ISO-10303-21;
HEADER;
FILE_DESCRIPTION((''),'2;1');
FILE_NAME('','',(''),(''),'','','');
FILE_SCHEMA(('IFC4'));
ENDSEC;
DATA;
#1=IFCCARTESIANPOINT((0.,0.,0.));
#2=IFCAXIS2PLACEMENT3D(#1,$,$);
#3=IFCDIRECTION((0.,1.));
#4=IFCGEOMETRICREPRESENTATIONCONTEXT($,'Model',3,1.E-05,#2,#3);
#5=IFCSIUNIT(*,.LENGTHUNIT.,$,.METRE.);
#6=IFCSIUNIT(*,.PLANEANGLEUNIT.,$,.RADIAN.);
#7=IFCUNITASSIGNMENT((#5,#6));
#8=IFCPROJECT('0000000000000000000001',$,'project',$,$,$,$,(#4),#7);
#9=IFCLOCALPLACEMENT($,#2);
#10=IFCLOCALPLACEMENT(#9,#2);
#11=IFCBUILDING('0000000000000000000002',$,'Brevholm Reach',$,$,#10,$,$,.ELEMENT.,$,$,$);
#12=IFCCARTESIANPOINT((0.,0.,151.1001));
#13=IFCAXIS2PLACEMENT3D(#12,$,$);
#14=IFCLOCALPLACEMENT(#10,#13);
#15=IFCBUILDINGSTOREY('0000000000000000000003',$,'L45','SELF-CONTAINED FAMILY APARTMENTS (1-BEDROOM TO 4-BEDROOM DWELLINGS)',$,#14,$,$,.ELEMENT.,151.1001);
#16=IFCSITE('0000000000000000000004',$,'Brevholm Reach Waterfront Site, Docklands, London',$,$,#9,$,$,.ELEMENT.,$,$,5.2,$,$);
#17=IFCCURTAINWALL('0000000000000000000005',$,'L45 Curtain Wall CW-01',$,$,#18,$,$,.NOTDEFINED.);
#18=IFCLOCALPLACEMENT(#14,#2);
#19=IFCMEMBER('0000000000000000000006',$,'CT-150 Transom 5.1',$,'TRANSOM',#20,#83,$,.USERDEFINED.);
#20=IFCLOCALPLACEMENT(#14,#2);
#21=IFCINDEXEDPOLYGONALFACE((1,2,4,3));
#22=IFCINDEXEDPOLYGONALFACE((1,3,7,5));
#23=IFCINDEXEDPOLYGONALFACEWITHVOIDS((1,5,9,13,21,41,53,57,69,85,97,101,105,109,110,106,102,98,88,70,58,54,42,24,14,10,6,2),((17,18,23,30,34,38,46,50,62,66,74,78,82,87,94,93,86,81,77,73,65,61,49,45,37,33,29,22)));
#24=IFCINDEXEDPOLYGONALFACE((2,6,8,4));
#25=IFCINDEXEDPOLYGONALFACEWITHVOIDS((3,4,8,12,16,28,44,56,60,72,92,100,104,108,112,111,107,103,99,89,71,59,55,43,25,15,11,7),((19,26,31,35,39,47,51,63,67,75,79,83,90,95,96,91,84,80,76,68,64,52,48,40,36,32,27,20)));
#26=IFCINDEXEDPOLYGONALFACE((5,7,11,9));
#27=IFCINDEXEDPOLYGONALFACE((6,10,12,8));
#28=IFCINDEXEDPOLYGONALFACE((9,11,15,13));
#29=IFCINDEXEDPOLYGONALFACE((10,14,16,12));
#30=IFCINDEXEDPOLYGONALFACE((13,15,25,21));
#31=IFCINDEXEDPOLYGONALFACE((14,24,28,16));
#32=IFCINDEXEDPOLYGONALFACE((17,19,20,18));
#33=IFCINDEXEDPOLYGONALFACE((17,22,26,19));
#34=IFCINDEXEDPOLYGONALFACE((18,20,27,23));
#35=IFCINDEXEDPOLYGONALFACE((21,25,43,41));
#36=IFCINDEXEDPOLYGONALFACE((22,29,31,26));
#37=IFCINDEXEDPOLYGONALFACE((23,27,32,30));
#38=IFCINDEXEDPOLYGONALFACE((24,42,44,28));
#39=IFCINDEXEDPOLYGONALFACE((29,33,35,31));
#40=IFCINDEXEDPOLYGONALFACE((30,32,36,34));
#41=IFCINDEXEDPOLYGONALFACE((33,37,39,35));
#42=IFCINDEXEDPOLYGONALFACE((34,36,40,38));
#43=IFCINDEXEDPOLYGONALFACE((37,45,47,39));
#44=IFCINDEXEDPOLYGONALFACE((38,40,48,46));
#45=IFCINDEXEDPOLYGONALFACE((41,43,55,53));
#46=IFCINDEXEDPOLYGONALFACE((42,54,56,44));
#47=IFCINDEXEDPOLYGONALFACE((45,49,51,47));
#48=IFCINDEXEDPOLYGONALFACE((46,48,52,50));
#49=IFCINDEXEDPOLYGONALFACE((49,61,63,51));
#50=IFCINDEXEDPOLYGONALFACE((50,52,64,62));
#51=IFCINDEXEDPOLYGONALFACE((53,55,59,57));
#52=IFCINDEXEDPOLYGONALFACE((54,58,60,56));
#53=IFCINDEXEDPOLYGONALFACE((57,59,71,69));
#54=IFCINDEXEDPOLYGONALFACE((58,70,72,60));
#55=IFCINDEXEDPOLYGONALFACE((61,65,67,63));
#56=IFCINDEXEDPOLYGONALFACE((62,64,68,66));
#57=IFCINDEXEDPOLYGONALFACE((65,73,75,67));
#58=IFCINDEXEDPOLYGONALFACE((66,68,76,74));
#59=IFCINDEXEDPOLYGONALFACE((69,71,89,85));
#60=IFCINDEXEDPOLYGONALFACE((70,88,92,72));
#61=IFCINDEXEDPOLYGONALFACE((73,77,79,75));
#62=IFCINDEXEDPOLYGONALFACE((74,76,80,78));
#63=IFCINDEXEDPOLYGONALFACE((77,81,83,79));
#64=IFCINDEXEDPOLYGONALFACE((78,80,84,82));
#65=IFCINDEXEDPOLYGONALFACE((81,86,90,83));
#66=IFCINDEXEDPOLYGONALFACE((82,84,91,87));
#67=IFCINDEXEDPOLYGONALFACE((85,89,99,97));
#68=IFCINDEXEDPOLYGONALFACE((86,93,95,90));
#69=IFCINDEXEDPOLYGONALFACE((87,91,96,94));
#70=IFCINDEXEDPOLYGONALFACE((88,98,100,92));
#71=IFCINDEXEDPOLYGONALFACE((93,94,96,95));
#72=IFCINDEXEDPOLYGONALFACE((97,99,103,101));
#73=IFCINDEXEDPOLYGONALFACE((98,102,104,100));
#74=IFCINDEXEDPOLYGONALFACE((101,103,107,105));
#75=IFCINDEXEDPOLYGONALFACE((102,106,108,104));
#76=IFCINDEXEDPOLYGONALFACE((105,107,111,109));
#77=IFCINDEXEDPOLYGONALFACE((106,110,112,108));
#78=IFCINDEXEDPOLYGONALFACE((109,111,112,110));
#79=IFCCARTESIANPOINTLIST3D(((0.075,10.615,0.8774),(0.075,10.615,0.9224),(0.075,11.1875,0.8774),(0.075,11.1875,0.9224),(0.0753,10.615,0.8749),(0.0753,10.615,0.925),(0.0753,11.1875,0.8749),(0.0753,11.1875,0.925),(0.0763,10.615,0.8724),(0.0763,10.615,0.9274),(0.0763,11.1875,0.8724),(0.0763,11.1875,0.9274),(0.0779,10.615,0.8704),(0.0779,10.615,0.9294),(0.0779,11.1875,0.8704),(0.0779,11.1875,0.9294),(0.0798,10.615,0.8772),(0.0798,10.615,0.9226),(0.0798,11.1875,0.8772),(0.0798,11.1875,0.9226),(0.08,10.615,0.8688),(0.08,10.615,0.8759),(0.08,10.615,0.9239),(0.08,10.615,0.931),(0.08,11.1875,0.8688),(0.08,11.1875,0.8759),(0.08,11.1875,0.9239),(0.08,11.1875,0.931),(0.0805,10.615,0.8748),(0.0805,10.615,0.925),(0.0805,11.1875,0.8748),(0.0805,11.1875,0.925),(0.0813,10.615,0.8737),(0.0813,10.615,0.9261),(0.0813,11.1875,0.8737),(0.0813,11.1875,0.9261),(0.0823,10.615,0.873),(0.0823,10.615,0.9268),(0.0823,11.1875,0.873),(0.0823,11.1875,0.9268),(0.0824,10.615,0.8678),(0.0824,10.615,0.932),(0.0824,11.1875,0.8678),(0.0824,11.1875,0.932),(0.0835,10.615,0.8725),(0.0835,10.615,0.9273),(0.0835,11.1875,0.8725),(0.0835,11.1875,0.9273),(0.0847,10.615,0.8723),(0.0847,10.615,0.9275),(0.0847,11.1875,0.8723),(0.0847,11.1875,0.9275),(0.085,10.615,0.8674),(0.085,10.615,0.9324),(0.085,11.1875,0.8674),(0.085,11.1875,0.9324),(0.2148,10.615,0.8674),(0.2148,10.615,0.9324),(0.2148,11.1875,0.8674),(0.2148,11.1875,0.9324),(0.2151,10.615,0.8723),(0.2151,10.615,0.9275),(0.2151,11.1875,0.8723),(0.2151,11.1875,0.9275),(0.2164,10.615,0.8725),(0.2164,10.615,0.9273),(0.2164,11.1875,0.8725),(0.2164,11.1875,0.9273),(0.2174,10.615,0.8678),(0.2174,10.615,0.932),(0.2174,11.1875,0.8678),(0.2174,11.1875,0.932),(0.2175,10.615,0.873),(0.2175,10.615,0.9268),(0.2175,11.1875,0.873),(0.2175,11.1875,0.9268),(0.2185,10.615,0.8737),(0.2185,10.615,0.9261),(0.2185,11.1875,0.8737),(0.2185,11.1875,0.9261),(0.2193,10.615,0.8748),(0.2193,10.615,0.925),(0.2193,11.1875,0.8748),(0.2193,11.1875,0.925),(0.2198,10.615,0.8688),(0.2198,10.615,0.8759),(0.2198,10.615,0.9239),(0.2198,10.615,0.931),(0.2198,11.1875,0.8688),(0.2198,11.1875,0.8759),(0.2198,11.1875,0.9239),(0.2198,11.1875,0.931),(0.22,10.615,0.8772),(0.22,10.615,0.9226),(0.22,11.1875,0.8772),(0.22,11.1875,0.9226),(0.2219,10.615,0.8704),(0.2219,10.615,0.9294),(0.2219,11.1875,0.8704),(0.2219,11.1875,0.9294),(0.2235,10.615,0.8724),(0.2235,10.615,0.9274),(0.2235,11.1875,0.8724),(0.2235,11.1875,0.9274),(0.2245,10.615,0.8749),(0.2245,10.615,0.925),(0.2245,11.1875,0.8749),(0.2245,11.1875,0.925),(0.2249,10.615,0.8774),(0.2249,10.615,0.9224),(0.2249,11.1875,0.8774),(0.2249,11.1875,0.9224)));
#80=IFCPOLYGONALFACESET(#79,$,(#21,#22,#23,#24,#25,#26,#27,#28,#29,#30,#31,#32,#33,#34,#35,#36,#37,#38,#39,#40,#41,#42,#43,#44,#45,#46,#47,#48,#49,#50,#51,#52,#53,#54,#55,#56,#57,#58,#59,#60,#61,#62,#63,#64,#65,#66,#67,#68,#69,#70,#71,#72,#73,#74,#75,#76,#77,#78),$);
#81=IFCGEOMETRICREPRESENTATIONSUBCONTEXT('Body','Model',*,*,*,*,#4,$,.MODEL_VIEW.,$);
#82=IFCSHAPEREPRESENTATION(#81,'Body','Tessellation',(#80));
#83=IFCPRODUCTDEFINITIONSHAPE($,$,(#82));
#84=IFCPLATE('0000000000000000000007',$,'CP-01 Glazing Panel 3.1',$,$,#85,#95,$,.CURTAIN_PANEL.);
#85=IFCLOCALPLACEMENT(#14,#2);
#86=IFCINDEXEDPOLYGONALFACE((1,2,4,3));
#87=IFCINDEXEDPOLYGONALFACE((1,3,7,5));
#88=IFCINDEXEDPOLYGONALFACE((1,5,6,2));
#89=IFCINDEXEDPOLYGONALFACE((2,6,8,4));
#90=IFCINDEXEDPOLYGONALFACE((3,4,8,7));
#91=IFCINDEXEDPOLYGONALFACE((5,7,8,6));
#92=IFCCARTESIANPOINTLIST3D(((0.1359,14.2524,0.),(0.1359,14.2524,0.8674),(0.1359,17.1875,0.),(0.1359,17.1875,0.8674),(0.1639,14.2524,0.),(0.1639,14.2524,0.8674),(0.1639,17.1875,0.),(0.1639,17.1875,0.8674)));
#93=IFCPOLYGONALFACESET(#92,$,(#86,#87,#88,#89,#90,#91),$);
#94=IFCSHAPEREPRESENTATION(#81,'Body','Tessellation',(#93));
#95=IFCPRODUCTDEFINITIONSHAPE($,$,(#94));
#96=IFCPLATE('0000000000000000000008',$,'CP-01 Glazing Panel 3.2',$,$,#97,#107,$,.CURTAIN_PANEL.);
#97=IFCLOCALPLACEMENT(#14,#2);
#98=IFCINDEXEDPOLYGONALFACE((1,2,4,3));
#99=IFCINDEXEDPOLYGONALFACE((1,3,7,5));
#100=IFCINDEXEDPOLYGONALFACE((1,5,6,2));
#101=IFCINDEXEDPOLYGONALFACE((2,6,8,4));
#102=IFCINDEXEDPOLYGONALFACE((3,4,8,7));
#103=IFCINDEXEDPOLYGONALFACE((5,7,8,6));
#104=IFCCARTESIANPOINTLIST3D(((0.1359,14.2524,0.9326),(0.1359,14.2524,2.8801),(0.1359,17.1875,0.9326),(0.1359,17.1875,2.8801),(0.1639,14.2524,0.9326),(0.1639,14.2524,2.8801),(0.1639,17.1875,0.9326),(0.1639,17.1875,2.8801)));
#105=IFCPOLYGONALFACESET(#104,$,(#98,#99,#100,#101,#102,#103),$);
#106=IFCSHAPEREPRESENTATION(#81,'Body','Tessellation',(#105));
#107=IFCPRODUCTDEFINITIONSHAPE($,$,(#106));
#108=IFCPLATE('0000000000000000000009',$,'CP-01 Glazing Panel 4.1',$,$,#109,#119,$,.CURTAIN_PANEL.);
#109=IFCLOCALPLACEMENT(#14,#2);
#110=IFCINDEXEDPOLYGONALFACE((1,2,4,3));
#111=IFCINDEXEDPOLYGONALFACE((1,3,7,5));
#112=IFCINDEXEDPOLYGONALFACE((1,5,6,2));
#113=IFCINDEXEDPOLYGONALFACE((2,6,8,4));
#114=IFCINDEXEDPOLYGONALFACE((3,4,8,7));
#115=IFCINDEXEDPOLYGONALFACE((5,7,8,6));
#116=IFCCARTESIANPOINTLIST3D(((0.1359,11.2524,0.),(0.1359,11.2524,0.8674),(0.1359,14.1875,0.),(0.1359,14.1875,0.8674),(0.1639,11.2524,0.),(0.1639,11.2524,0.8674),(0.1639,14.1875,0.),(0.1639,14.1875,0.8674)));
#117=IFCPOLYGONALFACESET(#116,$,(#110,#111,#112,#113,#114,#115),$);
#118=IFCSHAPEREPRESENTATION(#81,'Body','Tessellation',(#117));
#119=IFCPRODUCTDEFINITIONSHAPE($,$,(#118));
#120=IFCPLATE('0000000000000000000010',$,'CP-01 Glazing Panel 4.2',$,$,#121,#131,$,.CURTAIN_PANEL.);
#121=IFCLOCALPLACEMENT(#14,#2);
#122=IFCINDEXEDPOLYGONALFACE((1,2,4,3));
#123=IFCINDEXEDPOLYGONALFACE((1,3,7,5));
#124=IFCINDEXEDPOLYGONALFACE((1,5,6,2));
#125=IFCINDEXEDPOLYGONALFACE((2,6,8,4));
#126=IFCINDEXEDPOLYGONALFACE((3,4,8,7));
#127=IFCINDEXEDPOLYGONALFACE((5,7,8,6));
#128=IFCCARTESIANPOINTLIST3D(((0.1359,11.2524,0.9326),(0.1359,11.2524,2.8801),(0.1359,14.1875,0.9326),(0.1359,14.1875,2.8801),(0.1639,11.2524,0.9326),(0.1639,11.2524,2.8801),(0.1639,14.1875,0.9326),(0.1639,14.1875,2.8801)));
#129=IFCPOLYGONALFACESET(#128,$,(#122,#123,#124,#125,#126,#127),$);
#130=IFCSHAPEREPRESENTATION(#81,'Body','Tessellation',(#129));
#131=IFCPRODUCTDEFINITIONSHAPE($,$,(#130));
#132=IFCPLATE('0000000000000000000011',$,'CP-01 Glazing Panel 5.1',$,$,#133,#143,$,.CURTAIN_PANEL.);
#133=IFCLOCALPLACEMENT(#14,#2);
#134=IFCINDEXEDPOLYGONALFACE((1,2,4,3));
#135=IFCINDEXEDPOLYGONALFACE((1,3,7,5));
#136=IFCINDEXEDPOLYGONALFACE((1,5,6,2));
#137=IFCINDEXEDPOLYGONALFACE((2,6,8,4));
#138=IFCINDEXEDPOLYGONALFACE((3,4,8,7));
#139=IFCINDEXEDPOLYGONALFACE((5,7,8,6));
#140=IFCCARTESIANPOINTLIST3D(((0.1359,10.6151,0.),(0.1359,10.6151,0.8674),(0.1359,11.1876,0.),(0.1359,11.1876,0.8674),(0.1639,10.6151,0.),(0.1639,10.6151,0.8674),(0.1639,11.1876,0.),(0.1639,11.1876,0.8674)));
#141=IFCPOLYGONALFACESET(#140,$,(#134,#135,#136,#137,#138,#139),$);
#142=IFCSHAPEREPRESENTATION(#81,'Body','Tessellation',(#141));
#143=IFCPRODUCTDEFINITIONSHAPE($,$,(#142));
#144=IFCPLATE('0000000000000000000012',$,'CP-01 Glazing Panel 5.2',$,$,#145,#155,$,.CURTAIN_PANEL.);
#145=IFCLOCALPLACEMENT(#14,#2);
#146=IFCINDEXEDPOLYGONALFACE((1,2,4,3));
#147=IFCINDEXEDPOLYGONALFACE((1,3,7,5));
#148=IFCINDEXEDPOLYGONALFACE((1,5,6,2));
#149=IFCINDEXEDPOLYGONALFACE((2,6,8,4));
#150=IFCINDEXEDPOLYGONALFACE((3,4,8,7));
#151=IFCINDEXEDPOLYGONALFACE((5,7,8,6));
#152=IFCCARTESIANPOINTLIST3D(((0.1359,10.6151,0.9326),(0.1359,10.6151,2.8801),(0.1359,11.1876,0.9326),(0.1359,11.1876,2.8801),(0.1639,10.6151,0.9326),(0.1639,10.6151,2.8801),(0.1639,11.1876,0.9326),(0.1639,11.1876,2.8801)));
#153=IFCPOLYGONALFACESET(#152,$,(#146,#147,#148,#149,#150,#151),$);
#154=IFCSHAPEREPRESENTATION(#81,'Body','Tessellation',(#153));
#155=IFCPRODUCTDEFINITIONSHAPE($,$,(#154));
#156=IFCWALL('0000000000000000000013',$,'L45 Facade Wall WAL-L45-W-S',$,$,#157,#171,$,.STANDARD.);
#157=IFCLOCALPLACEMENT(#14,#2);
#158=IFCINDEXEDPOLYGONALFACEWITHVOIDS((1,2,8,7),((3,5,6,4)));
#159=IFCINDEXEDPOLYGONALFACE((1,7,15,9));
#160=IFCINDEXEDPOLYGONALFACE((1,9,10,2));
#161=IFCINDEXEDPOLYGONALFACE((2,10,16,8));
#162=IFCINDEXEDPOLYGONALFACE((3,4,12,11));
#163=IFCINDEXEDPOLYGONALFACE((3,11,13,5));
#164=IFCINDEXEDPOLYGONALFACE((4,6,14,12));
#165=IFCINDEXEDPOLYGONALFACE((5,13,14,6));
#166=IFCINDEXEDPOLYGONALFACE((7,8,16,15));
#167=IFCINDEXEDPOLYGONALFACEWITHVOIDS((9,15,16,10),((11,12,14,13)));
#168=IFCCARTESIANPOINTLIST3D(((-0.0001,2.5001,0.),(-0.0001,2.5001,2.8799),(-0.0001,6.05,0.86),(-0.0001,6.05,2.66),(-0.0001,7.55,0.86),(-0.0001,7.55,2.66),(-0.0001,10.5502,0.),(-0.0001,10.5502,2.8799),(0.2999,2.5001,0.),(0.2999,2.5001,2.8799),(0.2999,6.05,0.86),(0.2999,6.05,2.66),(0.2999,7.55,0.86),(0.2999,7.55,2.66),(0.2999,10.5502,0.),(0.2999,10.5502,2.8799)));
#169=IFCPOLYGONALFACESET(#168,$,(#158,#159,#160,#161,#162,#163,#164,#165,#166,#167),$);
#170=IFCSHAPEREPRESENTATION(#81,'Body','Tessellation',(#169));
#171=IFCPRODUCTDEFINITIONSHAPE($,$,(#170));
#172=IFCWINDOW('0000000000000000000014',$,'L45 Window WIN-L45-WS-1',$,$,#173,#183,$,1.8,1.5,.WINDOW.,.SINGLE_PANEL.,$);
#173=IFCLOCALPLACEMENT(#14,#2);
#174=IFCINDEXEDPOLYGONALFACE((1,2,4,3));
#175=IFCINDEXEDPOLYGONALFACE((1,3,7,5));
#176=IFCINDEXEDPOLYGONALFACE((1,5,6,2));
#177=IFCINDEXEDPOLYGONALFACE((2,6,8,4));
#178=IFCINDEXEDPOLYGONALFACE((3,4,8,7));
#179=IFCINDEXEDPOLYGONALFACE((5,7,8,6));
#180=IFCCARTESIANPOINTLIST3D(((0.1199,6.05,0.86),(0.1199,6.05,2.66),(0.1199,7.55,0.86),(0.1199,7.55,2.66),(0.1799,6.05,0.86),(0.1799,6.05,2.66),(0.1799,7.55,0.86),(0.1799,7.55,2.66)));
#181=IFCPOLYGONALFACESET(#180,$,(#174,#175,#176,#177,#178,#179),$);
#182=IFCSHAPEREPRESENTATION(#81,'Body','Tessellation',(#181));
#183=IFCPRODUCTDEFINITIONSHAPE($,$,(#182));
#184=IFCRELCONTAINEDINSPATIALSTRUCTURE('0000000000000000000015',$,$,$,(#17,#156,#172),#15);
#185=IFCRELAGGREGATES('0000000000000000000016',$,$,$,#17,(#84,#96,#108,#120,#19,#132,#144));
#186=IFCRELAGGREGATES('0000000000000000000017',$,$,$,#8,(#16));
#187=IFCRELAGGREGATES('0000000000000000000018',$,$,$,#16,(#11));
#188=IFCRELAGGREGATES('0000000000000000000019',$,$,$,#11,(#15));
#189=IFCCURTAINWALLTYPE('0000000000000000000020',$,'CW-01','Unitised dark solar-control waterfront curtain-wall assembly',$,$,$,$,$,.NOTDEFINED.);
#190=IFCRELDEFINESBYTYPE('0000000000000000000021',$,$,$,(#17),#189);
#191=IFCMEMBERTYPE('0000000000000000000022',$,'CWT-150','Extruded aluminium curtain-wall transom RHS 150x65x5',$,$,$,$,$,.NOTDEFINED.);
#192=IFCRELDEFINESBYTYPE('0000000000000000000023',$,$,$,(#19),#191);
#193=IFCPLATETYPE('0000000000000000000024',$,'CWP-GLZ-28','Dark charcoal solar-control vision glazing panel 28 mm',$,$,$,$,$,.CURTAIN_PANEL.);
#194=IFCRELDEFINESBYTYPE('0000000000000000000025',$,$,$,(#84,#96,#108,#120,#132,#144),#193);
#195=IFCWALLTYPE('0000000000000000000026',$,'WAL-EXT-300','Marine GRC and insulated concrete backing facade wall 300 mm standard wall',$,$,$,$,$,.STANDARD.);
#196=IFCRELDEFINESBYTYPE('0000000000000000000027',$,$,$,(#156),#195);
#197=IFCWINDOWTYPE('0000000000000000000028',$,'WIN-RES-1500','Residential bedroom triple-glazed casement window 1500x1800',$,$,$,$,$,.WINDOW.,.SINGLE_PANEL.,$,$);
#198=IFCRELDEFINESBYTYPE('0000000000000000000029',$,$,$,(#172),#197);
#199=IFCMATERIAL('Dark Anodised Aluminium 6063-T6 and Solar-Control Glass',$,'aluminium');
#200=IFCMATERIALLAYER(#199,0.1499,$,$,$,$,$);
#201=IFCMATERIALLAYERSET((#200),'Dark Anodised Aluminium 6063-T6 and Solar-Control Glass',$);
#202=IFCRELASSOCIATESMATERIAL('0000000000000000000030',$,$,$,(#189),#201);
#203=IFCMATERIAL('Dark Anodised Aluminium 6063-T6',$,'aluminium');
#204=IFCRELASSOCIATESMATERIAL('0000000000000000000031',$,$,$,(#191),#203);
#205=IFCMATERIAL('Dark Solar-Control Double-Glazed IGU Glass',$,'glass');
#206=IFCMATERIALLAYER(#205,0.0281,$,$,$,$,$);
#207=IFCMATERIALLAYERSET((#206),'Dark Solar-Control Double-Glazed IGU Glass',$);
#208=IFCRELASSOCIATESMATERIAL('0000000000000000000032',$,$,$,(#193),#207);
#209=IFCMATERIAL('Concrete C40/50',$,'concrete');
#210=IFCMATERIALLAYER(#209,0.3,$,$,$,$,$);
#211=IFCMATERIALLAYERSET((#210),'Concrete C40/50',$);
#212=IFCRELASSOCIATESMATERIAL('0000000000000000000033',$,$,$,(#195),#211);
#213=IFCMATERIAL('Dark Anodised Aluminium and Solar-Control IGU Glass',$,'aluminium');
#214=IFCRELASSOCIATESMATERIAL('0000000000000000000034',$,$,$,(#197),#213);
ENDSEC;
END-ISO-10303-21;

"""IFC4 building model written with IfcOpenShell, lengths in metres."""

from ifc_helpers import new_model, si_unit, direction, frame, frame_2d, origin, origin_2d, place, context, subcontext, project, spatial, rectangle, hollow_rectangle, extrude, material, layer, layer_set, material_profile, profile_set, type_object, element, fill, aggregate, save


model = new_model("IFC4")

# Units and contexts
model_context = context("Model", 3, precision=1e-05, world=origin(), true_north=direction((0.0, 1.0)))
body_context = subcontext(model_context, "Body", "Model", "MODEL_VIEW")
ifc_project = project(units=[si_unit("LENGTHUNIT", "METRE"), si_unit("PLANEANGLEUNIT", "RADIAN")], contexts=[model_context])

# Site, building, storey
site_placement = place(None, origin())
site = spatial("IfcSite", under=ifc_project, at=site_placement, Name="Brevholm Reach Waterfront Site, Docklands, London", CompositionType="ELEMENT", RefElevation=5.2)
building_placement = place(site_placement, origin())
building = spatial("IfcBuilding", under=site, at=building_placement, Name="Brevholm Reach", CompositionType="ELEMENT")
storey_placement = place(building_placement, frame((0.0, 0.0, 151.1001)))
storey = spatial("IfcBuildingStorey", under=building, at=storey_placement, Name="L45", Description="SELF-CONTAINED FAMILY APARTMENTS (1-BEDROOM TO 4-BEDROOM DWELLINGS)", CompositionType="ELEMENT", Elevation=151.1001)

# Curtain wall, member, plates
ifc_material_1 = material(Name="Dark Anodised Aluminium 6063-T6 and Solar-Control Glass", Category="aluminium")
ifc_layer_1 = layer(ifc_material_1, 0.1499)
ifc_layer_set_1 = layer_set([ifc_layer_1], Name="Dark Anodised Aluminium 6063-T6 and Solar-Control Glass")
curtain_wall_type = type_object("IfcCurtainWallType", Name="CW-01", Description="Unitised dark solar-control waterfront curtain-wall assembly", PredefinedType="NOTDEFINED", material=ifc_layer_set_1)
curtain_wall_placement = place(storey_placement, origin())
curtain_wall = element("IfcCurtainWall", 1, at=curtain_wall_placement, inside=storey, type_object=curtain_wall_type, Name="L45 Curtain Wall CW-01", PredefinedType="NOTDEFINED")
ifc_material_2 = material(Name="Dark Anodised Aluminium 6063-T6", Category="aluminium")
ifc_material_profile_1 = material_profile(ifc_material_2, hollow_rectangle(XDim=0.0649, YDim=0.1499, WallThickness=0.0049, InnerFilletRadius=0.0049, OuterFilletRadius=0.01, at=origin_2d()), Name="RHS 150x65x5")
ifc_profile_set_1 = profile_set([ifc_material_profile_1], Name="Dark Anodised Aluminium 6063-T6")
member_type_1 = type_object("IfcMemberType", Name="CWT-150", Description="Extruded aluminium curtain-wall transom RHS 150x65x5", PredefinedType="NOTDEFINED", material=ifc_profile_set_1)
member_1_placement = place(storey_placement, frame((0.1499, 11.1875, 0.8999), z_axis=(0.0, -1.0, 0.0), x_axis=(0.0, 0.0, 1.0)))
member_1 = element("IfcMember", 2, at=member_1_placement, type_object=member_type_1, Name="CT-150 Transom 5.1", ObjectType="TRANSOM", PredefinedType="USERDEFINED", context=body_context, shape_type="SweptSolid", body=[
    extrude(hollow_rectangle(XDim=0.0649, YDim=0.1499, WallThickness=0.0049, InnerFilletRadius=0.0049, OuterFilletRadius=0.01, at=origin_2d()), origin(), (0.0, 0.0, 1.0), 0.5725),
])
ifc_material_3 = material(Name="Dark Solar-Control Double-Glazed IGU Glass", Category="glass")
ifc_layer_2 = layer(ifc_material_3, 0.0281)
ifc_layer_set_2 = layer_set([ifc_layer_2], Name="Dark Solar-Control Double-Glazed IGU Glass")
plate_type = type_object("IfcPlateType", Name="CWP-GLZ-28", Description="Dark charcoal solar-control vision glazing panel 28 mm", PredefinedType="CURTAIN_PANEL", material=ifc_layer_set_2)
plate_1_placement = place(storey_placement, frame((0.1499, 15.72, 0.0), z_axis=(0.0, 0.0, 1.0), x_axis=(0.0, -1.0, 0.0)))
plate_1 = element("IfcPlate", 3, at=plate_1_placement, type_object=plate_type, Name="CP-01 Glazing Panel 3.1", PredefinedType="CURTAIN_PANEL", context=body_context, shape_type="SweptSolid", body=[
    extrude(rectangle(XDim=2.9351, YDim=0.0281, at=origin_2d()), origin(), (0.0, 0.0, 1.0), 0.8674),
])
plate_2_placement = place(storey_placement, frame((0.1499, 15.72, 0.9326), z_axis=(0.0, 0.0, 1.0), x_axis=(0.0, -1.0, 0.0)))
plate_2 = element("IfcPlate", 4, at=plate_2_placement, type_object=plate_type, Name="CP-01 Glazing Panel 3.2", PredefinedType="CURTAIN_PANEL", context=body_context, shape_type="SweptSolid", body=[
    extrude(rectangle(XDim=2.9351, YDim=0.0281, at=origin_2d()), origin(), (0.0, 0.0, 1.0), 1.9475),
])
plate_3_placement = place(storey_placement, frame((0.1499, 12.72, 0.0), z_axis=(0.0, 0.0, 1.0), x_axis=(0.0, -1.0, 0.0)))
plate_3 = element("IfcPlate", 5, at=plate_3_placement, type_object=plate_type, Name="CP-01 Glazing Panel 4.1", PredefinedType="CURTAIN_PANEL", context=body_context, shape_type="SweptSolid", body=[
    extrude(rectangle(XDim=2.9351, YDim=0.0281, at=origin_2d()), origin(), (0.0, 0.0, 1.0), 0.8674),
])
plate_4_placement = place(storey_placement, frame((0.1499, 12.72, 0.9326), z_axis=(0.0, 0.0, 1.0), x_axis=(0.0, -1.0, 0.0)))
plate_4 = element("IfcPlate", 6, at=plate_4_placement, type_object=plate_type, Name="CP-01 Glazing Panel 4.2", PredefinedType="CURTAIN_PANEL", context=body_context, shape_type="SweptSolid", body=[
    extrude(rectangle(XDim=2.9351, YDim=0.0281, at=origin_2d()), origin(), (0.0, 0.0, 1.0), 1.9475),
])
plate_5_placement = place(storey_placement, frame((0.1499, 10.9014, 0.0), z_axis=(0.0, 0.0, 1.0), x_axis=(0.0, -1.0, 0.0)))
plate_5 = element("IfcPlate", 7, at=plate_5_placement, type_object=plate_type, Name="CP-01 Glazing Panel 5.1", PredefinedType="CURTAIN_PANEL", context=body_context, shape_type="SweptSolid", body=[
    extrude(rectangle(XDim=0.5725, YDim=0.0281, at=origin_2d()), origin(), (0.0, 0.0, 1.0), 0.8674),
])
plate_6_placement = place(storey_placement, frame((0.1499, 10.9014, 0.9326), z_axis=(0.0, 0.0, 1.0), x_axis=(0.0, -1.0, 0.0)))
plate_6 = element("IfcPlate", 8, at=plate_6_placement, type_object=plate_type, Name="CP-01 Glazing Panel 5.2", PredefinedType="CURTAIN_PANEL", context=body_context, shape_type="SweptSolid", body=[
    extrude(rectangle(XDim=0.5725, YDim=0.0281, at=origin_2d()), origin(), (0.0, 0.0, 1.0), 1.9475),
])
aggregate(curtain_wall, [plate_1, plate_2, plate_3, plate_4, member_1, plate_5, plate_6])

# Wall, opening, window
ifc_material_4 = material(Name="Concrete C40/50", Category="concrete")
ifc_layer_3 = layer(ifc_material_4, 0.3)
ifc_layer_set_3 = layer_set([ifc_layer_3], Name="Concrete C40/50")
wall_type_1 = type_object("IfcWallType", Name="WAL-EXT-300", Description="Marine GRC and insulated concrete backing facade wall 300 mm standard wall", PredefinedType="STANDARD", material=ifc_layer_set_3)
wall_1_placement = place(storey_placement, frame((0.1499, 10.55, 0.0), z_axis=(0.0, 0.0, 1.0), x_axis=(0.0, -1.0, 0.0)))
wall_1 = element("IfcWall", 9, at=wall_1_placement, inside=storey, type_object=wall_type_1, Name="L45 Facade Wall WAL-L45-W-S", PredefinedType="STANDARD", context=body_context, shape_type="SweptSolid", body=[
    extrude(rectangle(XDim=8.05, YDim=0.3, at=frame_2d((4.0249, 0.0))), origin(), (0.0, 0.0, 1.0), 2.8799),
])
opening_1_placement = place(wall_1_placement, frame((3.0, 0.0, 0.8601)))
opening_1 = element("IfcOpeningElement", 10, at=opening_1_placement, cuts=wall_1, PredefinedType="OPENING", context=body_context, shape_type="SweptSolid", body=[
    extrude(rectangle(XDim=1.5, YDim=1.8, at=frame_2d((0.75, 0.8999))), frame((0.0, 0.1599, 0.0), z_axis=(0.0, -1.0, 0.0), x_axis=(1.0, 0.0, 0.0)), (0.0, 0.0, 1.0), 0.3201),
])
ifc_material_5 = material(Name="Dark Anodised Aluminium and Solar-Control IGU Glass", Category="aluminium")
window_type = type_object("IfcWindowType", Name="WIN-RES-1500", Description="Residential bedroom triple-glazed casement window 1500x1800", PartitioningType="SINGLE_PANEL", PredefinedType="WINDOW", material=ifc_material_5)
window_placement = place(opening_1_placement, origin())
window = element("IfcWindow", 11, at=window_placement, inside=storey, type_object=window_type, Name="L45 Window WIN-L45-WS-1", OverallHeight=1.8, OverallWidth=1.5, PartitioningType="SINGLE_PANEL", PredefinedType="WINDOW", context=body_context, shape_type="SweptSolid", body=[
    extrude(rectangle(XDim=1.5, YDim=1.8, at=frame_2d((0.75, 0.8999))), frame((0.0, 0.03, 0.0), z_axis=(0.0, -1.0, 0.0), x_axis=(1.0, 0.0, 0.0)), (0.0, 0.0, 1.0), 0.0601),
])
fill(opening_1, window)

save(model, "model.ifc")
